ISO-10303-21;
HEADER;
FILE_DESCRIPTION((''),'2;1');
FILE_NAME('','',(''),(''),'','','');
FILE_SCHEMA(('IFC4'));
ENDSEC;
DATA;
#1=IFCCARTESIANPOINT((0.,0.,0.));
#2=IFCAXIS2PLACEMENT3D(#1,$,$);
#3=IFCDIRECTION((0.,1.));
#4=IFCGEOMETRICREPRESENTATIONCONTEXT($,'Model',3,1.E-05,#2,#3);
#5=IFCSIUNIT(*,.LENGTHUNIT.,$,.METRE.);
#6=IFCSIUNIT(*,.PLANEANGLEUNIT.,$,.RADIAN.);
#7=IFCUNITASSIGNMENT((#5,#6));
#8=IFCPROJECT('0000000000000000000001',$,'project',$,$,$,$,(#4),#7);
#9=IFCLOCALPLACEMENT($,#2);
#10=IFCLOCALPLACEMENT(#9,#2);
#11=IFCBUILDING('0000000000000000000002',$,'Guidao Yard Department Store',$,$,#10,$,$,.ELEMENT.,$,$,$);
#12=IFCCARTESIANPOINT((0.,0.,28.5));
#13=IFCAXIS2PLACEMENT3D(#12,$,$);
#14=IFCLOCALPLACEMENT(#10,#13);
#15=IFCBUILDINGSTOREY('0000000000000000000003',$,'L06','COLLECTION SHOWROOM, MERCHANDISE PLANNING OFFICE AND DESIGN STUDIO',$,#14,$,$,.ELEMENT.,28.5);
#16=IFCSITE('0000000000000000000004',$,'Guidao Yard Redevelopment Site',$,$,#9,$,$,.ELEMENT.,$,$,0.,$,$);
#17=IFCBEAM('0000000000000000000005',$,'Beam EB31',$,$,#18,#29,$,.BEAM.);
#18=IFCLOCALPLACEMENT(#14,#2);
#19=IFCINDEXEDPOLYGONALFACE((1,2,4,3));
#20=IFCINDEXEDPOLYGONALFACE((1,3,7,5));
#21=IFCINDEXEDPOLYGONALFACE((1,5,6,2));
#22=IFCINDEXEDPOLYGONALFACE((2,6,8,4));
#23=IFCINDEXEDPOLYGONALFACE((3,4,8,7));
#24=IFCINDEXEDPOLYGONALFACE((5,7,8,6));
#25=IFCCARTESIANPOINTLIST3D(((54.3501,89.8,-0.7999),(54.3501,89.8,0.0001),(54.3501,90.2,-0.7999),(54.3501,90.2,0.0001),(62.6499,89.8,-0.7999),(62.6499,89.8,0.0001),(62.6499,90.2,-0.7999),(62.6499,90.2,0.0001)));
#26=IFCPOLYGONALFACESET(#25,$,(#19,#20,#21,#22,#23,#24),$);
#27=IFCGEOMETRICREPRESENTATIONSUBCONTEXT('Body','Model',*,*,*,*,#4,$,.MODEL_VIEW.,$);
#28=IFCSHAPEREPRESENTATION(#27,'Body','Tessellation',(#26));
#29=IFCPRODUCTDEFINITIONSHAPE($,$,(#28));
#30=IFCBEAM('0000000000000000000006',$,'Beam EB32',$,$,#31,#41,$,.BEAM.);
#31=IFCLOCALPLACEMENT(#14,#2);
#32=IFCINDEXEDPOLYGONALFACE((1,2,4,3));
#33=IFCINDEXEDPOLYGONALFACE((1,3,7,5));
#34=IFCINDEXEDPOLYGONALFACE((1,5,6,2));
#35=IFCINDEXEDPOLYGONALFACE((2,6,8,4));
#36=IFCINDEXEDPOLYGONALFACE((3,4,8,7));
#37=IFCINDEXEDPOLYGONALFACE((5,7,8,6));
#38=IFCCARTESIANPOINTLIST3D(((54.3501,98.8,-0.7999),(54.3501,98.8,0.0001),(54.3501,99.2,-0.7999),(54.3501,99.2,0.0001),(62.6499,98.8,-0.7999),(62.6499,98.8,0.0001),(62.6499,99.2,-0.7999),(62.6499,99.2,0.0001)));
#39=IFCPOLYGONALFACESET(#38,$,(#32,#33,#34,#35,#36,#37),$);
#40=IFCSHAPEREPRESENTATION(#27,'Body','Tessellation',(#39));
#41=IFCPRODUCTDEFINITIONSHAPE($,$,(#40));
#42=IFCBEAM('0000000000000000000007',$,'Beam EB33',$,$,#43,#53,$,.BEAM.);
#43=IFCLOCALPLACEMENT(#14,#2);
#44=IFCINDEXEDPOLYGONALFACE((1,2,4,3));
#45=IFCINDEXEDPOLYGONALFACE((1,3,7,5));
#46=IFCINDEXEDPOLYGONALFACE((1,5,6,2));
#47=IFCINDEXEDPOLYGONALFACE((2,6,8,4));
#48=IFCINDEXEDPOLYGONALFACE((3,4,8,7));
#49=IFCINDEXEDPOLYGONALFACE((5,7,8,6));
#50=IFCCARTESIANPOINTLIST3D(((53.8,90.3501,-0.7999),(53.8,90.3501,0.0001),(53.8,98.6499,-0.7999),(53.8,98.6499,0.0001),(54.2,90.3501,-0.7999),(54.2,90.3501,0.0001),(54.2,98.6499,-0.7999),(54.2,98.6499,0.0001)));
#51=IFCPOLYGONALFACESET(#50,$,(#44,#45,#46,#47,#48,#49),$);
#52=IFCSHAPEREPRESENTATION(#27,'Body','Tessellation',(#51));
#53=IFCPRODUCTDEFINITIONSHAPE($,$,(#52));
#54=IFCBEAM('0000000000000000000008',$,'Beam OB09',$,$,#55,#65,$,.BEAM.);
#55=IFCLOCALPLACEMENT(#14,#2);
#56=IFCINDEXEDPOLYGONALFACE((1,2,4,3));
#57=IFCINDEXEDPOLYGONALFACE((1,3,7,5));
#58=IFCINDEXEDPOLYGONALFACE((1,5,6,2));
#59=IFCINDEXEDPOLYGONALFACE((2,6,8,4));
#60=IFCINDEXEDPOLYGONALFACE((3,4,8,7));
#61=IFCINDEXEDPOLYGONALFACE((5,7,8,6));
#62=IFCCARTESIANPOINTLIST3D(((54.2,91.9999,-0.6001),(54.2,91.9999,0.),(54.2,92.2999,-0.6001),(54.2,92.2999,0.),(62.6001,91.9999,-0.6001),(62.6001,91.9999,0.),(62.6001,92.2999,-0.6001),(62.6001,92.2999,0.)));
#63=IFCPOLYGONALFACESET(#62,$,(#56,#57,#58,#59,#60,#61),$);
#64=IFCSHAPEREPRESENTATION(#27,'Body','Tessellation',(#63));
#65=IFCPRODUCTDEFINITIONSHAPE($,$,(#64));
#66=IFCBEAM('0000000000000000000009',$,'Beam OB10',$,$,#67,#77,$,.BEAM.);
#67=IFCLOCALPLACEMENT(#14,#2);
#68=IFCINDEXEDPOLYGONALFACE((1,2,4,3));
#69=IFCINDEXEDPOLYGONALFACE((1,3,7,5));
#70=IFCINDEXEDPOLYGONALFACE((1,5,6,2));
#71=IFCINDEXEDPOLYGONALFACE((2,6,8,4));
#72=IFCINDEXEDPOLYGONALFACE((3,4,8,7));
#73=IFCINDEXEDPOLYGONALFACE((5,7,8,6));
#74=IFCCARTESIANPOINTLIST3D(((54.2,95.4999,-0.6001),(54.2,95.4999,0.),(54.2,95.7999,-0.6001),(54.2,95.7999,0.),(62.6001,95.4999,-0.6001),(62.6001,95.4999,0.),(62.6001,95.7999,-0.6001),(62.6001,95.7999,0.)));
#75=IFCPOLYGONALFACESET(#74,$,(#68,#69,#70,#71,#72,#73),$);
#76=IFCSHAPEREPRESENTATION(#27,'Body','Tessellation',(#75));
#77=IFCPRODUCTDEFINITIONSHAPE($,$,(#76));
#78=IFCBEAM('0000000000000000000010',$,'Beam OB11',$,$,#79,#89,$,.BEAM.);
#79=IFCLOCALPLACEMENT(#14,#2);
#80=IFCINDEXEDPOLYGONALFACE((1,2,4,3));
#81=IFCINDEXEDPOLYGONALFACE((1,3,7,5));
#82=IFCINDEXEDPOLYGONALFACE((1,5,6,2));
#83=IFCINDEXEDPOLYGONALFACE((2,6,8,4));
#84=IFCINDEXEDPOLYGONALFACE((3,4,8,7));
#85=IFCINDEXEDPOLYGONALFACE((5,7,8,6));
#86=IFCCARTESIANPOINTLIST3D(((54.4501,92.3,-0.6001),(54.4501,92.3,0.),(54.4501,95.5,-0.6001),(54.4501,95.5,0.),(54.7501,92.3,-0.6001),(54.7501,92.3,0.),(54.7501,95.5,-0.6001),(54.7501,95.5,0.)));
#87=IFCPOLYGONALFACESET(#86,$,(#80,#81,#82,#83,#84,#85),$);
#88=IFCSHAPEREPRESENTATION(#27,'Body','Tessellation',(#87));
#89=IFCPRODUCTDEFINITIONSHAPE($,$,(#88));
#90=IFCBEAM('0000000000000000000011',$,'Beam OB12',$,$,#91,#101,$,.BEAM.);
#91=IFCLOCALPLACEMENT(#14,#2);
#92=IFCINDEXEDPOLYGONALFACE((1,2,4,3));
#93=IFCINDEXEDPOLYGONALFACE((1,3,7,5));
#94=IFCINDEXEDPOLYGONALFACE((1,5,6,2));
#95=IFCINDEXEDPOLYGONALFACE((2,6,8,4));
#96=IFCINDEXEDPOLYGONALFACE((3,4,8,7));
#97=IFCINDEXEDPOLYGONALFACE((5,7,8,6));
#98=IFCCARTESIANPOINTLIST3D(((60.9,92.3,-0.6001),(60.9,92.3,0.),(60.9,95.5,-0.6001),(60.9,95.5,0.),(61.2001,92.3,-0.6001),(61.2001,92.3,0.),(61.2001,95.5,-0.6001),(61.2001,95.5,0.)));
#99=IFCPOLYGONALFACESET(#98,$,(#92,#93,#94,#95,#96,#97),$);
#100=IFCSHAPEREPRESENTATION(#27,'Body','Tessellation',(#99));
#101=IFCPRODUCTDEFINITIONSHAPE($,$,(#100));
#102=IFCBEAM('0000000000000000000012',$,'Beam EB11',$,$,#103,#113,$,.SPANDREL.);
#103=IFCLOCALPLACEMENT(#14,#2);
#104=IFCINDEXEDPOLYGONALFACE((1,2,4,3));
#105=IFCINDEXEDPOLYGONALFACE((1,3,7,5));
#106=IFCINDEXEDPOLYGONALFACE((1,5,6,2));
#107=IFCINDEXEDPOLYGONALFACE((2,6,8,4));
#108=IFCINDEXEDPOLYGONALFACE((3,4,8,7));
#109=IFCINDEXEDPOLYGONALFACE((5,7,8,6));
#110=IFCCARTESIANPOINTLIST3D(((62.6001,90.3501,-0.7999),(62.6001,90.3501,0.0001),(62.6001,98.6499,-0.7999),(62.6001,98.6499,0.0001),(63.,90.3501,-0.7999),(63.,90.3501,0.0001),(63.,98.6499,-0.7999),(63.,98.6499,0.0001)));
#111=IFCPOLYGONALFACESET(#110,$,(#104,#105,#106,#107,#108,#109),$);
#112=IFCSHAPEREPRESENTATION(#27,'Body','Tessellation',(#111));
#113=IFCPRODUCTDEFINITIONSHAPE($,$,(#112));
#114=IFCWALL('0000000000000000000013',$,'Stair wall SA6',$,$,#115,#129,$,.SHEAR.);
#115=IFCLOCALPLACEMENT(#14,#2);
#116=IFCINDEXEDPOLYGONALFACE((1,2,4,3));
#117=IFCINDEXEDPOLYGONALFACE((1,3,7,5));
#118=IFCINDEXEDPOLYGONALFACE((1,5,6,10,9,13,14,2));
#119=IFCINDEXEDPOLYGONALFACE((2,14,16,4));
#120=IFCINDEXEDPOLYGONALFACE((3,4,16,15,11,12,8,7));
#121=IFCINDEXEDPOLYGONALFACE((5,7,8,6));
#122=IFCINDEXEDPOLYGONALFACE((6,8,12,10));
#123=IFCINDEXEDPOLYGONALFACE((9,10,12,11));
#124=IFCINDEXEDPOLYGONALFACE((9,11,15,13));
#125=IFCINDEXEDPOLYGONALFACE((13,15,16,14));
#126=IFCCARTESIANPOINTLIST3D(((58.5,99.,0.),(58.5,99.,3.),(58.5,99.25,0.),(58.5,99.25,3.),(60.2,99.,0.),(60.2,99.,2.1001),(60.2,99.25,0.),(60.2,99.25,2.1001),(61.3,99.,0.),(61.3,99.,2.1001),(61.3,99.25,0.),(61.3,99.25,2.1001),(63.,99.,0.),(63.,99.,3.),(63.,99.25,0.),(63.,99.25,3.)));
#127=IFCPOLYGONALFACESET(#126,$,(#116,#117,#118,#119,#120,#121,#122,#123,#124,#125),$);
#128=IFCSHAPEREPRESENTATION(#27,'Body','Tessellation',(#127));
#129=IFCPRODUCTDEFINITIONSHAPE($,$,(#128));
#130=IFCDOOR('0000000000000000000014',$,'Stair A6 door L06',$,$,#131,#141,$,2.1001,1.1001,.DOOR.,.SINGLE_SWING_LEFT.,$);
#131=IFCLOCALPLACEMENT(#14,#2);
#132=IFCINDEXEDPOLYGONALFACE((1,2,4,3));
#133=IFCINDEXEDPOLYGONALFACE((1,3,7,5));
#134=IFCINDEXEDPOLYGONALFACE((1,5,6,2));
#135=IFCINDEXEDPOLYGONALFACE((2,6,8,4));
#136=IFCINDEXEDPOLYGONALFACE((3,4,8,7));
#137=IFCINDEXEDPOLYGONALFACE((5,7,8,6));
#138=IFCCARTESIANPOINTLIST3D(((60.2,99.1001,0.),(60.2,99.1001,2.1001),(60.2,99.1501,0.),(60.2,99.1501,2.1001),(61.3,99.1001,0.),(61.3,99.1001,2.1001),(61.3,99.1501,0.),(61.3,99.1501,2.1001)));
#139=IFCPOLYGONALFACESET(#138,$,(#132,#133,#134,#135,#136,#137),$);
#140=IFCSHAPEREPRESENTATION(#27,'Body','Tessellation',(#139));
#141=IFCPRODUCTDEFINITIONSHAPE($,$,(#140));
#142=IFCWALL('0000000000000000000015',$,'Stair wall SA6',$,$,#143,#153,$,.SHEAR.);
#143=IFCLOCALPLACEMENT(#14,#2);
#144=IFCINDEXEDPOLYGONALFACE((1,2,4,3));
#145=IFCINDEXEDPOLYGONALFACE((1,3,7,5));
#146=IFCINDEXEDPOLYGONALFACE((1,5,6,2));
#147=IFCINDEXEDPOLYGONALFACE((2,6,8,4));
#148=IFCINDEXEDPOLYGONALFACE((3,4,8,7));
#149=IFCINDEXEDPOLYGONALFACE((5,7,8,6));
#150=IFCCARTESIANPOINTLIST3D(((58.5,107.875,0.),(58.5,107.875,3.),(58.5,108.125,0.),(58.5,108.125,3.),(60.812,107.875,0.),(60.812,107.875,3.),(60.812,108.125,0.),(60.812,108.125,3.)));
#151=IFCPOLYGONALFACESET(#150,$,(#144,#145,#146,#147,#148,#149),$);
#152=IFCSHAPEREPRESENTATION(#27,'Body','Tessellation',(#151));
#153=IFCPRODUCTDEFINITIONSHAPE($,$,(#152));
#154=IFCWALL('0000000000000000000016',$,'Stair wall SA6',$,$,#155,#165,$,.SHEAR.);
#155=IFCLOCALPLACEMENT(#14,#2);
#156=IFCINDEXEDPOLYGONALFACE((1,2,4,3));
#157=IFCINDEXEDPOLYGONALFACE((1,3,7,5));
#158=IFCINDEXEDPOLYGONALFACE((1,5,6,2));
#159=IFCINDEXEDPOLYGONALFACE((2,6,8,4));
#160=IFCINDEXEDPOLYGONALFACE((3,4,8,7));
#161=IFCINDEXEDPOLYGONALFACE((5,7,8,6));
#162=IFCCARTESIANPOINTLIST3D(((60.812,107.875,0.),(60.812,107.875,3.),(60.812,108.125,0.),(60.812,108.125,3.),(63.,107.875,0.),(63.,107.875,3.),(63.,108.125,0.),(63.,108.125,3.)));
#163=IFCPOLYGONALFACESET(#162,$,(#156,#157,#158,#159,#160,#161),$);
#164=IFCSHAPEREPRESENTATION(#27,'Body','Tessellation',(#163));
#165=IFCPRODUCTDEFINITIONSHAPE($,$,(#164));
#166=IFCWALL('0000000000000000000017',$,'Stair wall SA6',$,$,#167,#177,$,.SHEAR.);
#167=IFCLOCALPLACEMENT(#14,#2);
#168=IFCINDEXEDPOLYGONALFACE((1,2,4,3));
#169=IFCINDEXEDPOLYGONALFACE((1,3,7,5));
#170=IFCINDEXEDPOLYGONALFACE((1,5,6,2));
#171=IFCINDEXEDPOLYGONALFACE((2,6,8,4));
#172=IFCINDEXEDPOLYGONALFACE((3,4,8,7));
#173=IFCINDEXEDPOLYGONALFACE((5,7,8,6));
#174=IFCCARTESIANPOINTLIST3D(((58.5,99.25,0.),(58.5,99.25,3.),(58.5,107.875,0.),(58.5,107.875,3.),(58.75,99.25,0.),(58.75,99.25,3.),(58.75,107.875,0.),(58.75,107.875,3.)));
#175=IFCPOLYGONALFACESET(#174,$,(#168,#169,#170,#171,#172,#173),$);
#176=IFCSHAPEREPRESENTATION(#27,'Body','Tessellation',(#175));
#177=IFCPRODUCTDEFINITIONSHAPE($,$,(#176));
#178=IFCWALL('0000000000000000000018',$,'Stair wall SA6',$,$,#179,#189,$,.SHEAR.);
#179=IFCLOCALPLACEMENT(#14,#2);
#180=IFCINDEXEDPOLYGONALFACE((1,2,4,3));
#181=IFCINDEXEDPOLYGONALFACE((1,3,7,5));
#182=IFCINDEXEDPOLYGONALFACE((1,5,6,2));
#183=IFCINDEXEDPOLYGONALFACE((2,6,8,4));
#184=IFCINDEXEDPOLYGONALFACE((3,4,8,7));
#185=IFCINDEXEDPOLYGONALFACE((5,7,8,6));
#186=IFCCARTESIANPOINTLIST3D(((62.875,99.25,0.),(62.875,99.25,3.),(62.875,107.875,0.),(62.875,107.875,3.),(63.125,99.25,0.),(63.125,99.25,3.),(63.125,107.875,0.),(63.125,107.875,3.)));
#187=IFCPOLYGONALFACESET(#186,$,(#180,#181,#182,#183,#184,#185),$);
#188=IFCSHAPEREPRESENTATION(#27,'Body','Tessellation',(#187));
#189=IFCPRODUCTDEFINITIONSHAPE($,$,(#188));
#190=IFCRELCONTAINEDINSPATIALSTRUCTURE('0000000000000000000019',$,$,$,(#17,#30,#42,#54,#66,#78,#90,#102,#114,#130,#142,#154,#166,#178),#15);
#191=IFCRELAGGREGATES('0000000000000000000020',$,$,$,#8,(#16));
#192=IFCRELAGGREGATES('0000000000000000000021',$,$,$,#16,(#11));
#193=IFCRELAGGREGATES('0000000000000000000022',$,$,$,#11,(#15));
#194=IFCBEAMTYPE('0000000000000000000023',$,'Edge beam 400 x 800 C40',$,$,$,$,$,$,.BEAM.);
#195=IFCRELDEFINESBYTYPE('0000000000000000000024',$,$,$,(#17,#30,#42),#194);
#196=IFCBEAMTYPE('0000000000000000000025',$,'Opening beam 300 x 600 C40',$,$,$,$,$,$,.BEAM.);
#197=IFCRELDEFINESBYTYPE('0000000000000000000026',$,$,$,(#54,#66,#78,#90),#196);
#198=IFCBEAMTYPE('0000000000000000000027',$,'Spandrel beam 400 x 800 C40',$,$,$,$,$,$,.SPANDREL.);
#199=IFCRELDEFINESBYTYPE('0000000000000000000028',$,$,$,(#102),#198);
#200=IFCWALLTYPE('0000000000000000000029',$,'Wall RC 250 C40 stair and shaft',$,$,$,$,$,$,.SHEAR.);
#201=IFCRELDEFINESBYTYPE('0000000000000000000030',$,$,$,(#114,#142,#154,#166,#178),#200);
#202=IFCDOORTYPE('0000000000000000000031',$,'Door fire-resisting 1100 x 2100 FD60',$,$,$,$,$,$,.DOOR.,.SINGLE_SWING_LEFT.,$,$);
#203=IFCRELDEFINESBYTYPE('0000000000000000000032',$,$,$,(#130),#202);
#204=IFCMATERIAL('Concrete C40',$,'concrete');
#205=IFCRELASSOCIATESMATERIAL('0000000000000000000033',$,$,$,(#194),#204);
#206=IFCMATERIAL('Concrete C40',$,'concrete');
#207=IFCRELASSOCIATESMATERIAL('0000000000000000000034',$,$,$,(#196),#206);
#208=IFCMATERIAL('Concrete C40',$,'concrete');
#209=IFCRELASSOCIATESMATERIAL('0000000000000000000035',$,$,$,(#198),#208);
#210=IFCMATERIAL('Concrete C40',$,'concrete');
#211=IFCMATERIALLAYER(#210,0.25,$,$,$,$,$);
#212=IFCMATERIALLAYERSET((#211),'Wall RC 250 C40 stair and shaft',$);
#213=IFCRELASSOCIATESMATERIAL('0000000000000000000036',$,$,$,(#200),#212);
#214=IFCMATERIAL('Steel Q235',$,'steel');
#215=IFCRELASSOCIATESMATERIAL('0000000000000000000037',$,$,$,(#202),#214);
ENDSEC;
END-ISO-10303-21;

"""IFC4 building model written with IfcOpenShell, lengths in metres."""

from ifc_helpers import new_model, si_unit, direction, frame, frame_2d, origin, origin_2d, place, context, subcontext, project, spatial, rectangle, extrude, material, layer, layer_set, material_profile, profile_set, type_object, element, fill, save


model = new_model("IFC4")

# Units and contexts
model_context = context("Model", 3, precision=1e-05, world=origin(), true_north=direction((0.0, 1.0)))
body_context = subcontext(model_context, "Body", "Model", "MODEL_VIEW")
ifc_project = project(units=[si_unit("LENGTHUNIT", "METRE"), si_unit("PLANEANGLEUNIT", "RADIAN")], contexts=[model_context])

# Site, building, storey
site_placement = place(None, origin())
site = spatial("IfcSite", under=ifc_project, at=site_placement, Name="Guidao Yard Redevelopment Site", CompositionType="ELEMENT", RefElevation=0.0)
building_placement = place(site_placement, origin())
building = spatial("IfcBuilding", under=site, at=building_placement, Name="Guidao Yard Department Store", CompositionType="ELEMENT")
storey_placement = place(building_placement, frame((0.0, 0.0, 28.5)))
storey = spatial("IfcBuildingStorey", under=building, at=storey_placement, Name="L06", Description="COLLECTION SHOWROOM, MERCHANDISE PLANNING OFFICE AND DESIGN STUDIO", CompositionType="ELEMENT", Elevation=28.5)

# Beams
ifc_material_1 = material(Name="Concrete C40", Category="concrete")
ifc_material_profile_1 = material_profile(ifc_material_1, rectangle(XDim=0.3999, YDim=0.8, at=origin_2d()), Name="Edge beam 400 x 800 C40")
ifc_profile_set_1 = profile_set([ifc_material_profile_1], Name="Concrete C40")
beam_type_1 = type_object("IfcBeamType", Name="Edge beam 400 x 800 C40", PredefinedType="BEAM", material=ifc_profile_set_1)
for number, where, z_axis, x_axis, name in (
    (1, (54.3501, 90.0, -0.3999), (1.0, 0.0, 0.0), (0.0, 1.0, 0.0), "Beam EB31"),
    (2, (54.3501, 99.0, -0.3999), (1.0, 0.0, 0.0), (0.0, 1.0, 0.0), "Beam EB32"),
    (3, (54.0, 90.3501, -0.3999), (0.0, 1.0, 0.0), (-1.0, 0.0, 0.0), "Beam EB33"),
):
    element("IfcBeam", number, at=place(storey_placement, frame(where, z_axis=z_axis, x_axis=x_axis)), inside=storey, type_object=beam_type_1, Name=name, PredefinedType="BEAM", context=body_context, shape_type="SweptSolid", body=[
        extrude(rectangle(XDim=0.3999, YDim=0.8, at=origin_2d()), origin(), (0.0, 0.0, 1.0), 8.2998),
    ])
ifc_material_2 = material(Name="Concrete C40", Category="concrete")
ifc_material_profile_2 = material_profile(ifc_material_2, rectangle(XDim=0.3, YDim=0.6001, at=origin_2d()), Name="Opening beam 300 x 600 C40")
ifc_profile_set_2 = profile_set([ifc_material_profile_2], Name="Concrete C40")
beam_type_2 = type_object("IfcBeamType", Name="Opening beam 300 x 600 C40", PredefinedType="BEAM", material=ifc_profile_set_2)
for number, where, z_axis, x_axis, name in (
    (4, (54.2, 92.1499, -0.3), (1.0, 0.0, 0.0), (0.0, 1.0, 0.0), "Beam OB09"),
    (5, (54.2, 95.6499, -0.3), (1.0, 0.0, 0.0), (0.0, 1.0, 0.0), "Beam OB10"),
):
    element("IfcBeam", number, at=place(storey_placement, frame(where, z_axis=z_axis, x_axis=x_axis)), inside=storey, type_object=beam_type_2, Name=name, PredefinedType="BEAM", context=body_context, shape_type="SweptSolid", body=[
        extrude(rectangle(XDim=0.3, YDim=0.6001, at=origin_2d()), origin(), (0.0, 0.0, 1.0), 8.4001),
    ])
for number, where, z_axis, x_axis, name in (
    (6, (54.6001, 92.3, -0.3), (0.0, 1.0, 0.0), (-1.0, 0.0, 0.0), "Beam OB11"),
    (7, (61.05, 92.3, -0.3), (0.0, 1.0, 0.0), (-1.0, 0.0, 0.0), "Beam OB12"),
):
    element("IfcBeam", number, at=place(storey_placement, frame(where, z_axis=z_axis, x_axis=x_axis)), inside=storey, type_object=beam_type_2, Name=name, PredefinedType="BEAM", context=body_context, shape_type="SweptSolid", body=[
        extrude(rectangle(XDim=0.3, YDim=0.6001, at=origin_2d()), origin(), (0.0, 0.0, 1.0), 3.2),
    ])
ifc_material_3 = material(Name="Concrete C40", Category="concrete")
ifc_material_profile_3 = material_profile(ifc_material_3, rectangle(XDim=0.3999, YDim=0.8, at=origin_2d()), Name="Spandrel beam 400 x 800 C40")
ifc_profile_set_3 = profile_set([ifc_material_profile_3], Name="Concrete C40")
beam_type_3 = type_object("IfcBeamType", Name="Spandrel beam 400 x 800 C40", PredefinedType="SPANDREL", material=ifc_profile_set_3)
beam_placement = place(storey_placement, frame((62.8, 90.3501, -0.3999), z_axis=(0.0, 1.0, 0.0), x_axis=(-1.0, 0.0, 0.0)))
element("IfcBeam", 8, at=beam_placement, inside=storey, type_object=beam_type_3, Name="Beam EB11", PredefinedType="SPANDREL", context=body_context, shape_type="SweptSolid", body=[
    extrude(rectangle(XDim=0.3999, YDim=0.8, at=origin_2d()), origin(), (0.0, 0.0, 1.0), 8.2998),
])

# Wall, opening, door
ifc_material_4 = material(Name="Concrete C40", Category="concrete")
ifc_layer = layer(ifc_material_4, 0.25)
ifc_layer_set = layer_set([ifc_layer], Name="Wall RC 250 C40 stair and shaft")
wall_type = type_object("IfcWallType", Name="Wall RC 250 C40 stair and shaft", PredefinedType="SHEAR", material=ifc_layer_set)
wall_1_placement = place(storey_placement, frame((58.5, 99.125, 0.0), z_axis=(0.0, 0.0, 1.0), x_axis=(1.0, 0.0, 0.0)))
wall_1 = element("IfcWall", 9, at=wall_1_placement, inside=storey, type_object=wall_type, Name="Stair wall SA6", PredefinedType="SHEAR", context=body_context, shape_type="SweptSolid", body=[
    extrude(rectangle(XDim=4.5, YDim=0.25, at=frame_2d((2.25, 0.0))), origin(), (0.0, 0.0, 1.0), 3.0),
])
opening_placement = place(wall_1_placement, frame((2.8, 0.0, 0.0), z_axis=(0.0, 0.0, 1.0), x_axis=(-1.0, 0.0, 0.0)))
opening = element("IfcOpeningElement", 10, at=opening_placement, cuts=wall_1, PredefinedType="OPENING", context=body_context, shape_type="SweptSolid", body=[
    extrude(rectangle(XDim=1.1001, YDim=2.1001, at=frame_2d((0.55, 1.05))), frame((0.0, 0.135, 0.0), z_axis=(0.0, -1.0, 0.0), x_axis=(1.0, 0.0, 0.0)), (0.0, 0.0, 1.0), 0.27),
])
ifc_material_5 = material(Name="Steel Q235", Category="steel")
door_type = type_object("IfcDoorType", Name="Door fire-resisting 1100 x 2100 FD60", OperationType="SINGLE_SWING_LEFT", PredefinedType="DOOR", material=ifc_material_5)
door_placement = place(opening_placement, origin())
door = element("IfcDoor", 11, at=door_placement, inside=storey, type_object=door_type, Name="Stair A6 door L06", OperationType="SINGLE_SWING_LEFT", OverallHeight=2.1001, OverallWidth=1.1001, PredefinedType="DOOR", context=body_context, shape_type="SweptSolid", body=[
    extrude(rectangle(XDim=1.1001, YDim=2.1001, at=frame_2d((0.55, 1.05))), frame((0.0, 0.0249, 0.0), z_axis=(0.0, -1.0, 0.0), x_axis=(1.0, 0.0, 0.0)), (0.0, 0.0, 1.0), 0.05),
])
fill(opening, door)

# Walls
wall_2_placement = place(storey_placement, frame((58.5, 108.0, 0.0), z_axis=(0.0, 0.0, 1.0), x_axis=(1.0, 0.0, 0.0)))
element("IfcWall", 12, at=wall_2_placement, inside=storey, type_object=wall_type, Name="Stair wall SA6", PredefinedType="SHEAR", context=body_context, shape_type="SweptSolid", body=[
    extrude(rectangle(XDim=2.312, YDim=0.25, at=frame_2d((1.156, 0.0))), origin(), (0.0, 0.0, 1.0), 3.0),
])
wall_3_placement = place(storey_placement, frame((60.812, 108.0, 0.0), z_axis=(0.0, 0.0, 1.0), x_axis=(1.0, 0.0, 0.0)))
element("IfcWall", 13, at=wall_3_placement, inside=storey, type_object=wall_type, Name="Stair wall SA6", PredefinedType="SHEAR", context=body_context, shape_type="SweptSolid", body=[
    extrude(rectangle(XDim=2.188, YDim=0.25, at=frame_2d((1.094, 0.0))), origin(), (0.0, 0.0, 1.0), 3.0),
])
for number, where, z_axis, x_axis, name in (
    (14, (58.625, 99.25, 0.0), (0.0, 0.0, 1.0), (0.0, 1.0, 0.0), "Stair wall SA6"),
    (15, (63.0, 99.25, 0.0), (0.0, 0.0, 1.0), (0.0, 1.0, 0.0), "Stair wall SA6"),
):
    element("IfcWall", number, at=place(storey_placement, frame(where, z_axis=z_axis, x_axis=x_axis)), inside=storey, type_object=wall_type, Name=name, PredefinedType="SHEAR", context=body_context, shape_type="SweptSolid", body=[
        extrude(rectangle(XDim=8.625, YDim=0.25, at=frame_2d((4.3125, 0.0))), origin(), (0.0, 0.0, 1.0), 3.0),
    ])

save(model, "model.ifc")
